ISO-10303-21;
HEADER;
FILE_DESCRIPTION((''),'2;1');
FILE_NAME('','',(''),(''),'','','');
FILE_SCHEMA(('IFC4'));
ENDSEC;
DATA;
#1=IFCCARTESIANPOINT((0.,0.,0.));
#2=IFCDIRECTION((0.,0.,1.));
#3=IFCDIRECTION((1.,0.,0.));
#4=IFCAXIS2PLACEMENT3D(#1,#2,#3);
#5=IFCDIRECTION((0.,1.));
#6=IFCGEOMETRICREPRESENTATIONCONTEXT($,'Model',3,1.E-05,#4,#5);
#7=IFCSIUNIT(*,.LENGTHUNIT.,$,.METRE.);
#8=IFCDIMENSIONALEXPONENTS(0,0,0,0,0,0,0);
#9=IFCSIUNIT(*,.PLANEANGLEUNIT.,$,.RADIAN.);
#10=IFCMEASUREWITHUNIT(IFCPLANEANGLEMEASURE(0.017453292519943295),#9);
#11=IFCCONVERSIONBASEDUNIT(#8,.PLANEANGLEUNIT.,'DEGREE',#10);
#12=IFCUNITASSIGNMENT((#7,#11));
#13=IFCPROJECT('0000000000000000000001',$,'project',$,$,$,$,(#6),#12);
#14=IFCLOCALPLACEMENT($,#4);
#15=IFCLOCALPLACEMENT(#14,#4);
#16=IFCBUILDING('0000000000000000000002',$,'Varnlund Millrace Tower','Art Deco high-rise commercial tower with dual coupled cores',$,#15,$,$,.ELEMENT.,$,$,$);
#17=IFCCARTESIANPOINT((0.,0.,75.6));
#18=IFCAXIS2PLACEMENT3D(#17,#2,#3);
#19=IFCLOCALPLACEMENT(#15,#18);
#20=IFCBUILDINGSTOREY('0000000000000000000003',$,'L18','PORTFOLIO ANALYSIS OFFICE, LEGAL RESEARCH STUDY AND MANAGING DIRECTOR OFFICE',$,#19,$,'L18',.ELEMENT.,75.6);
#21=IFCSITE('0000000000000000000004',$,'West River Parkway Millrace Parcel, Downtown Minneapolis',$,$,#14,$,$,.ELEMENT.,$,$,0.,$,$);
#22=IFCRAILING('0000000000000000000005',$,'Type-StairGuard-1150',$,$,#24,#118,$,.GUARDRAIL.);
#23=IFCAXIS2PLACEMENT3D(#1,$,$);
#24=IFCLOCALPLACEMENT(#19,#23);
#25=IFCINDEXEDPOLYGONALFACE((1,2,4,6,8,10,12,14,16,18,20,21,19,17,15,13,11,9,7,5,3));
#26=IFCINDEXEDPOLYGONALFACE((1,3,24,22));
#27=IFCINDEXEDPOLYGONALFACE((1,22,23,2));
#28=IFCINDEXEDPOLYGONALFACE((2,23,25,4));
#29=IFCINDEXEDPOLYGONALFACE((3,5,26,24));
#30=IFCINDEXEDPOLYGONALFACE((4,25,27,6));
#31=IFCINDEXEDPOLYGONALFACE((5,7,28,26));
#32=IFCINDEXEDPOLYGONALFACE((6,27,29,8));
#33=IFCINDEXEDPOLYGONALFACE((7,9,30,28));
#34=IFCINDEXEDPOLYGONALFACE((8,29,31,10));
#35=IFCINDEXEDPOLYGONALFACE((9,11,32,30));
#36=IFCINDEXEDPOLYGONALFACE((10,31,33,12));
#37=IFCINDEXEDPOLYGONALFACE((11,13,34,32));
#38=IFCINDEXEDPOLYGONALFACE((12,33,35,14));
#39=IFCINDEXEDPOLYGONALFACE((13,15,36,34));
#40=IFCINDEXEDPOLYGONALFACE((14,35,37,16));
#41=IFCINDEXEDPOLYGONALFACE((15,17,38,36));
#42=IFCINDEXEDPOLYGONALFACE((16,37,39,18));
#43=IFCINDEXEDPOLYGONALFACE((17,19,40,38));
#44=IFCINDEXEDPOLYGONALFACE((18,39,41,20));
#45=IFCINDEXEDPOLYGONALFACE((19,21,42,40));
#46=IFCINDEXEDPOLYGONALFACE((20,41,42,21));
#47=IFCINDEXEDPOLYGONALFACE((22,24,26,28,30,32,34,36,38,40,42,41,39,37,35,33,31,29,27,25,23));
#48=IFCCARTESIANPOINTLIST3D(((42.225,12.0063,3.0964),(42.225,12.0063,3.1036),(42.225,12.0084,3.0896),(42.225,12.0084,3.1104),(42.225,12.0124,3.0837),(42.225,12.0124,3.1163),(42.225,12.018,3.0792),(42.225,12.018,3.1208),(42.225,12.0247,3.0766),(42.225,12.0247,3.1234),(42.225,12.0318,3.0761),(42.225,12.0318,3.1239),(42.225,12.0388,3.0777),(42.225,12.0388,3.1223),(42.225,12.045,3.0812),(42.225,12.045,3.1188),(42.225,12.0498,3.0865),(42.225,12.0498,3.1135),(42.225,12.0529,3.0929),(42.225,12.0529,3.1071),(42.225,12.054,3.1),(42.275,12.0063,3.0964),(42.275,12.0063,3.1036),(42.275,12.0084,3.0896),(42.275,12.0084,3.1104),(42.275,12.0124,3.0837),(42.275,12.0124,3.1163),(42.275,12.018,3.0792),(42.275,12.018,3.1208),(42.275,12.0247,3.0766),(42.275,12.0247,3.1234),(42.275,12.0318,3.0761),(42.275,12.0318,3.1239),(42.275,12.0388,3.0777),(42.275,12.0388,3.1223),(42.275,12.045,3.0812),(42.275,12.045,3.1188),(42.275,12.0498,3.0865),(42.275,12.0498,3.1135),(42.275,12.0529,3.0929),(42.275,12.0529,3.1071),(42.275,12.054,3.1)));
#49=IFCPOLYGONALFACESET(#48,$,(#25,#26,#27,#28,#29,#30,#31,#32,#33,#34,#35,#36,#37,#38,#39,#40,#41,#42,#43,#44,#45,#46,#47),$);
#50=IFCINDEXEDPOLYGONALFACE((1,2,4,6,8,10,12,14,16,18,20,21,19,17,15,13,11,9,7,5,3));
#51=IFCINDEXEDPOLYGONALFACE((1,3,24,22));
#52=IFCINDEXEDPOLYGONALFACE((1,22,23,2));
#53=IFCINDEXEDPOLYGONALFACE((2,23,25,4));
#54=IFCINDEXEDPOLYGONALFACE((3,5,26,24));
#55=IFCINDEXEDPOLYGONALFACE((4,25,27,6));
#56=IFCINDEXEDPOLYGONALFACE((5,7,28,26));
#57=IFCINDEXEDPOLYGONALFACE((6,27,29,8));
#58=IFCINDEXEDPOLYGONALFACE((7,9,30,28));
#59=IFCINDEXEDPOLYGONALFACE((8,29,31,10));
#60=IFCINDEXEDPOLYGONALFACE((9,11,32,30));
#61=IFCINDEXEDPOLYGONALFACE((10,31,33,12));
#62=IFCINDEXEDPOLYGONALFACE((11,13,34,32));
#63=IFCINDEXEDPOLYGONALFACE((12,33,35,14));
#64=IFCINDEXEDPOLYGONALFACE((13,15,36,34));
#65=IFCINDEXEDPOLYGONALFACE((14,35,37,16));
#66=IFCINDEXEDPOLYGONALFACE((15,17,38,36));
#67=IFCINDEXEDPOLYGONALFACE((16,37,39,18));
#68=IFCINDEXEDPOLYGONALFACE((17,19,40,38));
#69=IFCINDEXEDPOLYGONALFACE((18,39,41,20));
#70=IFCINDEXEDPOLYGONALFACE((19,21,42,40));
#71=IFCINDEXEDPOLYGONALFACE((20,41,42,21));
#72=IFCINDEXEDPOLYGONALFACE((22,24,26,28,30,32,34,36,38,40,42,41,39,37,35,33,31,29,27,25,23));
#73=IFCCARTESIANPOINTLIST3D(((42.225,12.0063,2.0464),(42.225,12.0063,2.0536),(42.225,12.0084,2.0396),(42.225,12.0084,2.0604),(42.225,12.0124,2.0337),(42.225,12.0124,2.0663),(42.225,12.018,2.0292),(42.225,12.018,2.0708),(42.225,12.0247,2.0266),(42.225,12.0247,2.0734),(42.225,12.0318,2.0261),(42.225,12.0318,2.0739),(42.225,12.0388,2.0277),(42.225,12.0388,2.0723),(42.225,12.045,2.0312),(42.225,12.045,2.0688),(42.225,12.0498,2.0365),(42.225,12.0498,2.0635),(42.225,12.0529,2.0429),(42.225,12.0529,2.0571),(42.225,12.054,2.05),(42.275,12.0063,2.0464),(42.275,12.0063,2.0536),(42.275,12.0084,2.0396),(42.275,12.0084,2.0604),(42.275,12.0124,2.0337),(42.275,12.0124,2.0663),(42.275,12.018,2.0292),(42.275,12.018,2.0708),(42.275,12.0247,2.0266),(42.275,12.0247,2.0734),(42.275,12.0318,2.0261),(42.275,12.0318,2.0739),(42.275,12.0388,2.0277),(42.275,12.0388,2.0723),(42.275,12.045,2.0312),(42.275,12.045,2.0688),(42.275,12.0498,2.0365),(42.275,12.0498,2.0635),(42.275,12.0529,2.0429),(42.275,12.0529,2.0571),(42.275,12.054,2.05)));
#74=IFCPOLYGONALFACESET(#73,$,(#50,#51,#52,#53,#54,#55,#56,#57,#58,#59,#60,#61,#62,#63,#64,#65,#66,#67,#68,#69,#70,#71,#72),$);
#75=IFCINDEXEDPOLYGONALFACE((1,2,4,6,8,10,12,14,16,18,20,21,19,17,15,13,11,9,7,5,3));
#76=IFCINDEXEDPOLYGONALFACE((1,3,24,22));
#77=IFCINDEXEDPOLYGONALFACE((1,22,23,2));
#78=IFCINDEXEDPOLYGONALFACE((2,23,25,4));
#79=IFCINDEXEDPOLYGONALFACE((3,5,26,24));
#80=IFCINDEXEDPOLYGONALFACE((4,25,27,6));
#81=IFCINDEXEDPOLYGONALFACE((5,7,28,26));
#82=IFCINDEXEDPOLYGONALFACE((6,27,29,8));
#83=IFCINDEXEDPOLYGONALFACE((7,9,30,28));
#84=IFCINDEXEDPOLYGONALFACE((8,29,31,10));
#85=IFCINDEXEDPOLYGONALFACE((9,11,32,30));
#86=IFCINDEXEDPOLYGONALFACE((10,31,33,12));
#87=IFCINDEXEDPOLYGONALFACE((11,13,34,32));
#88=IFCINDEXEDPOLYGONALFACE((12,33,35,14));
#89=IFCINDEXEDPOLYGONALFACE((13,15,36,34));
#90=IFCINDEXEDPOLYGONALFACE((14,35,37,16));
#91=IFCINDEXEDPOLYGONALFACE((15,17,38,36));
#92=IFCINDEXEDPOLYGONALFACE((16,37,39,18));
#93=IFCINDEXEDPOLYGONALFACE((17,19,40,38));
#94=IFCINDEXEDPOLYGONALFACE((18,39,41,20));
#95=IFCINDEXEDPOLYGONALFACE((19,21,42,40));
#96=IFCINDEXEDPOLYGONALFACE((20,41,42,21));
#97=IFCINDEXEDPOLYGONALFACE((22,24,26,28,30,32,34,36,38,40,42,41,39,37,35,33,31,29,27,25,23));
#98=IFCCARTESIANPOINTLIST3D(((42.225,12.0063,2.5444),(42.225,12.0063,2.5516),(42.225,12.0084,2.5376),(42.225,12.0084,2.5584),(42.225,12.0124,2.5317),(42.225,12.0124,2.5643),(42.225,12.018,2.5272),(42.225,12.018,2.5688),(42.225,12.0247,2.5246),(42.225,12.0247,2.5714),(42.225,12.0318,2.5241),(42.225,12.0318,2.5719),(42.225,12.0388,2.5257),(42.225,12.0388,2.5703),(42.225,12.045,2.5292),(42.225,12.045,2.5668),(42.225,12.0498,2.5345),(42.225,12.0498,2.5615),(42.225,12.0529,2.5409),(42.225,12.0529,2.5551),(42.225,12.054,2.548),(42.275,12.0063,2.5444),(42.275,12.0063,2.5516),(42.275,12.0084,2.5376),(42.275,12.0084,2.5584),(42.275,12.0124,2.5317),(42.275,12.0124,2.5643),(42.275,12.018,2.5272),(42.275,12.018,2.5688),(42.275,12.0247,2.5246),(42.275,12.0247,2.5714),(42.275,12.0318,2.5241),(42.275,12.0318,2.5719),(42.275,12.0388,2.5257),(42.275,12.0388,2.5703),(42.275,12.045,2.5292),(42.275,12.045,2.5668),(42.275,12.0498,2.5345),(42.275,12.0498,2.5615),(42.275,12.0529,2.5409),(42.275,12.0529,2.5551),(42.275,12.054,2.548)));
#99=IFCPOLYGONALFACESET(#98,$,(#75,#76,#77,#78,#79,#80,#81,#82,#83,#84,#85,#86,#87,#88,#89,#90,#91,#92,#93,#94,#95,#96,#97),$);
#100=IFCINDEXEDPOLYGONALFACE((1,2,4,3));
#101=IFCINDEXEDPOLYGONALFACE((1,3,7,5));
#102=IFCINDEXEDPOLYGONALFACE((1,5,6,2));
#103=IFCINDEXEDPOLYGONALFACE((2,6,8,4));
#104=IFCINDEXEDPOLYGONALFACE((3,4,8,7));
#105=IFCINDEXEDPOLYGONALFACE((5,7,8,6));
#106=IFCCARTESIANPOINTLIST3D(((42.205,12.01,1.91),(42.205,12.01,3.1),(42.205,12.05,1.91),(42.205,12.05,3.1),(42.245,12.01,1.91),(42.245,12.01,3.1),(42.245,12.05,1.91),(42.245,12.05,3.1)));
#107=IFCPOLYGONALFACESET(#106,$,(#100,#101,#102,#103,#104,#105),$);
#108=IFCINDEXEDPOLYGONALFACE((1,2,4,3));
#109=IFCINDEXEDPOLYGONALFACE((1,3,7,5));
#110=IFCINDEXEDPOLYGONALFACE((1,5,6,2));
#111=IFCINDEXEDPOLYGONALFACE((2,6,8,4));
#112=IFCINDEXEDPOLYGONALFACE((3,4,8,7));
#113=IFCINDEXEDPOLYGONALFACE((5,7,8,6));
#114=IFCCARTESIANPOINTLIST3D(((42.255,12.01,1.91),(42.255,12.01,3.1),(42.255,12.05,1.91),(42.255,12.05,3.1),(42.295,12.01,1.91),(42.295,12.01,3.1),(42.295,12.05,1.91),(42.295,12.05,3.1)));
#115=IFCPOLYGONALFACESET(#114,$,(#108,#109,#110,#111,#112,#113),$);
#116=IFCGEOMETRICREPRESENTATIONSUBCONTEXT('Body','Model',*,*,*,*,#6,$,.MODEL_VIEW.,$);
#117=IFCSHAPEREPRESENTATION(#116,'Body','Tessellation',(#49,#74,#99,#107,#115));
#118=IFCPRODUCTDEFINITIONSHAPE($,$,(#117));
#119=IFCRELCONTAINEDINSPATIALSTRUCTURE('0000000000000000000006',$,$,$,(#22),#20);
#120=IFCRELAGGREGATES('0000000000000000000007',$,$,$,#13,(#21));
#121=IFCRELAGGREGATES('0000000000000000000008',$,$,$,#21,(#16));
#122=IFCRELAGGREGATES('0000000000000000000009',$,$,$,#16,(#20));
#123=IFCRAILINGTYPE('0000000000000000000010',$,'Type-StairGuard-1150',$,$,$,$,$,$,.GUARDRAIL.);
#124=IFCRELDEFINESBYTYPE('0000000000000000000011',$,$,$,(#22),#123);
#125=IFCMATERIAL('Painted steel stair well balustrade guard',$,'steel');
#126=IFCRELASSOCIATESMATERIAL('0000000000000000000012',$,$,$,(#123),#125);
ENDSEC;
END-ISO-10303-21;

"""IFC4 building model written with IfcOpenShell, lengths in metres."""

from ifc_helpers import new_model, entity, si_unit, converted_unit, direction, frame, origin_with_axes, origin_2d_with_axis, place, context, subcontext, project, spatial, rectangle, circle, extrude, material, type_object, element, save


model = new_model("IFC4")

# Units and contexts
model_context = context("Model", 3, precision=1e-05, world=origin_with_axes(), true_north=direction((0.0, 1.0)))
body_context = subcontext(model_context, "Body", "Model", "MODEL_VIEW")
ifc_project = project(units=[si_unit("LENGTHUNIT", "METRE"), converted_unit("PLANEANGLEUNIT", "DEGREE", entity("IfcPlaneAngleMeasure", 0.017453292519943295), si_unit("PLANEANGLEUNIT", "RADIAN"), dimensions=[0, 0, 0, 0, 0, 0, 0])], contexts=[model_context])

# Site, building, storey
site_placement = place(None, origin_with_axes())
site = spatial("IfcSite", under=ifc_project, at=site_placement, Name="West River Parkway Millrace Parcel, Downtown Minneapolis", CompositionType="ELEMENT", RefElevation=0.0)
building_placement = place(site_placement, origin_with_axes())
building = spatial("IfcBuilding", under=site, at=building_placement, Name="Varnlund Millrace Tower", Description="Art Deco high-rise commercial tower with dual coupled cores", CompositionType="ELEMENT")
storey_placement = place(building_placement, frame((0.0, 0.0, 75.6), z_axis=(0.0, 0.0, 1.0), x_axis=(1.0, 0.0, 0.0)))
storey = spatial("IfcBuildingStorey", under=building, at=storey_placement, Name="L18", Description="PORTFOLIO ANALYSIS OFFICE, LEGAL RESEARCH STUDY AND MANAGING DIRECTOR OFFICE", LongName="L18", CompositionType="ELEMENT", Elevation=75.6)

# Railing
ifc_material_1 = material(Name="Painted steel stair well balustrade guard", Category="steel")
railing_type_1 = type_object("IfcRailingType", Name="Type-StairGuard-1150", PredefinedType="GUARDRAIL", material=ifc_material_1)
railing_1_placement = place(storey_placement, frame((0.0, 0.0, -75.6), z_axis=(0.0, 0.0, 1.0), x_axis=(1.0, 0.0, 0.0)))
element("IfcRailing", 1, at=railing_1_placement, inside=storey, type_object=railing_type_1, Name="Type-StairGuard-1150", PredefinedType="GUARDRAIL", context=body_context, shape_type="SweptSolid", body=[
    extrude(circle(Radius=0.024, at=origin_2d_with_axis()), frame((42.225, 12.03, 78.7), z_axis=(1.0, 0.0, 0.0), x_axis=(0.0, 1.0, 0.0)), (0.0, 0.0, 1.0), 0.05),
    extrude(circle(Radius=0.024, at=origin_2d_with_axis()), frame((42.225, 12.03, 77.65), z_axis=(1.0, 0.0, 0.0), x_axis=(0.0, 1.0, 0.0)), (0.0, 0.0, 1.0), 0.05),
    extrude(circle(Radius=0.024, at=origin_2d_with_axis()), frame((42.225, 12.03, 78.148), z_axis=(1.0, 0.0, 0.0), x_axis=(0.0, 1.0, 0.0)), (0.0, 0.0, 1.0), 0.05),
    extrude(rectangle(XDim=0.04, YDim=0.04, at=origin_2d_with_axis()), frame((42.225, 12.03, 77.51), z_axis=(0.0, 0.0, 1.0), x_axis=(1.0, 0.0, 0.0)), (0.0, 0.0, 1.0), 1.19),
    extrude(rectangle(XDim=0.04, YDim=0.04, at=origin_2d_with_axis()), frame((42.275, 12.03, 77.51), z_axis=(0.0, 0.0, 1.0), x_axis=(1.0, 0.0, 0.0)), (0.0, 0.0, 1.0), 1.19),
])

save(model, "model.ifc")
